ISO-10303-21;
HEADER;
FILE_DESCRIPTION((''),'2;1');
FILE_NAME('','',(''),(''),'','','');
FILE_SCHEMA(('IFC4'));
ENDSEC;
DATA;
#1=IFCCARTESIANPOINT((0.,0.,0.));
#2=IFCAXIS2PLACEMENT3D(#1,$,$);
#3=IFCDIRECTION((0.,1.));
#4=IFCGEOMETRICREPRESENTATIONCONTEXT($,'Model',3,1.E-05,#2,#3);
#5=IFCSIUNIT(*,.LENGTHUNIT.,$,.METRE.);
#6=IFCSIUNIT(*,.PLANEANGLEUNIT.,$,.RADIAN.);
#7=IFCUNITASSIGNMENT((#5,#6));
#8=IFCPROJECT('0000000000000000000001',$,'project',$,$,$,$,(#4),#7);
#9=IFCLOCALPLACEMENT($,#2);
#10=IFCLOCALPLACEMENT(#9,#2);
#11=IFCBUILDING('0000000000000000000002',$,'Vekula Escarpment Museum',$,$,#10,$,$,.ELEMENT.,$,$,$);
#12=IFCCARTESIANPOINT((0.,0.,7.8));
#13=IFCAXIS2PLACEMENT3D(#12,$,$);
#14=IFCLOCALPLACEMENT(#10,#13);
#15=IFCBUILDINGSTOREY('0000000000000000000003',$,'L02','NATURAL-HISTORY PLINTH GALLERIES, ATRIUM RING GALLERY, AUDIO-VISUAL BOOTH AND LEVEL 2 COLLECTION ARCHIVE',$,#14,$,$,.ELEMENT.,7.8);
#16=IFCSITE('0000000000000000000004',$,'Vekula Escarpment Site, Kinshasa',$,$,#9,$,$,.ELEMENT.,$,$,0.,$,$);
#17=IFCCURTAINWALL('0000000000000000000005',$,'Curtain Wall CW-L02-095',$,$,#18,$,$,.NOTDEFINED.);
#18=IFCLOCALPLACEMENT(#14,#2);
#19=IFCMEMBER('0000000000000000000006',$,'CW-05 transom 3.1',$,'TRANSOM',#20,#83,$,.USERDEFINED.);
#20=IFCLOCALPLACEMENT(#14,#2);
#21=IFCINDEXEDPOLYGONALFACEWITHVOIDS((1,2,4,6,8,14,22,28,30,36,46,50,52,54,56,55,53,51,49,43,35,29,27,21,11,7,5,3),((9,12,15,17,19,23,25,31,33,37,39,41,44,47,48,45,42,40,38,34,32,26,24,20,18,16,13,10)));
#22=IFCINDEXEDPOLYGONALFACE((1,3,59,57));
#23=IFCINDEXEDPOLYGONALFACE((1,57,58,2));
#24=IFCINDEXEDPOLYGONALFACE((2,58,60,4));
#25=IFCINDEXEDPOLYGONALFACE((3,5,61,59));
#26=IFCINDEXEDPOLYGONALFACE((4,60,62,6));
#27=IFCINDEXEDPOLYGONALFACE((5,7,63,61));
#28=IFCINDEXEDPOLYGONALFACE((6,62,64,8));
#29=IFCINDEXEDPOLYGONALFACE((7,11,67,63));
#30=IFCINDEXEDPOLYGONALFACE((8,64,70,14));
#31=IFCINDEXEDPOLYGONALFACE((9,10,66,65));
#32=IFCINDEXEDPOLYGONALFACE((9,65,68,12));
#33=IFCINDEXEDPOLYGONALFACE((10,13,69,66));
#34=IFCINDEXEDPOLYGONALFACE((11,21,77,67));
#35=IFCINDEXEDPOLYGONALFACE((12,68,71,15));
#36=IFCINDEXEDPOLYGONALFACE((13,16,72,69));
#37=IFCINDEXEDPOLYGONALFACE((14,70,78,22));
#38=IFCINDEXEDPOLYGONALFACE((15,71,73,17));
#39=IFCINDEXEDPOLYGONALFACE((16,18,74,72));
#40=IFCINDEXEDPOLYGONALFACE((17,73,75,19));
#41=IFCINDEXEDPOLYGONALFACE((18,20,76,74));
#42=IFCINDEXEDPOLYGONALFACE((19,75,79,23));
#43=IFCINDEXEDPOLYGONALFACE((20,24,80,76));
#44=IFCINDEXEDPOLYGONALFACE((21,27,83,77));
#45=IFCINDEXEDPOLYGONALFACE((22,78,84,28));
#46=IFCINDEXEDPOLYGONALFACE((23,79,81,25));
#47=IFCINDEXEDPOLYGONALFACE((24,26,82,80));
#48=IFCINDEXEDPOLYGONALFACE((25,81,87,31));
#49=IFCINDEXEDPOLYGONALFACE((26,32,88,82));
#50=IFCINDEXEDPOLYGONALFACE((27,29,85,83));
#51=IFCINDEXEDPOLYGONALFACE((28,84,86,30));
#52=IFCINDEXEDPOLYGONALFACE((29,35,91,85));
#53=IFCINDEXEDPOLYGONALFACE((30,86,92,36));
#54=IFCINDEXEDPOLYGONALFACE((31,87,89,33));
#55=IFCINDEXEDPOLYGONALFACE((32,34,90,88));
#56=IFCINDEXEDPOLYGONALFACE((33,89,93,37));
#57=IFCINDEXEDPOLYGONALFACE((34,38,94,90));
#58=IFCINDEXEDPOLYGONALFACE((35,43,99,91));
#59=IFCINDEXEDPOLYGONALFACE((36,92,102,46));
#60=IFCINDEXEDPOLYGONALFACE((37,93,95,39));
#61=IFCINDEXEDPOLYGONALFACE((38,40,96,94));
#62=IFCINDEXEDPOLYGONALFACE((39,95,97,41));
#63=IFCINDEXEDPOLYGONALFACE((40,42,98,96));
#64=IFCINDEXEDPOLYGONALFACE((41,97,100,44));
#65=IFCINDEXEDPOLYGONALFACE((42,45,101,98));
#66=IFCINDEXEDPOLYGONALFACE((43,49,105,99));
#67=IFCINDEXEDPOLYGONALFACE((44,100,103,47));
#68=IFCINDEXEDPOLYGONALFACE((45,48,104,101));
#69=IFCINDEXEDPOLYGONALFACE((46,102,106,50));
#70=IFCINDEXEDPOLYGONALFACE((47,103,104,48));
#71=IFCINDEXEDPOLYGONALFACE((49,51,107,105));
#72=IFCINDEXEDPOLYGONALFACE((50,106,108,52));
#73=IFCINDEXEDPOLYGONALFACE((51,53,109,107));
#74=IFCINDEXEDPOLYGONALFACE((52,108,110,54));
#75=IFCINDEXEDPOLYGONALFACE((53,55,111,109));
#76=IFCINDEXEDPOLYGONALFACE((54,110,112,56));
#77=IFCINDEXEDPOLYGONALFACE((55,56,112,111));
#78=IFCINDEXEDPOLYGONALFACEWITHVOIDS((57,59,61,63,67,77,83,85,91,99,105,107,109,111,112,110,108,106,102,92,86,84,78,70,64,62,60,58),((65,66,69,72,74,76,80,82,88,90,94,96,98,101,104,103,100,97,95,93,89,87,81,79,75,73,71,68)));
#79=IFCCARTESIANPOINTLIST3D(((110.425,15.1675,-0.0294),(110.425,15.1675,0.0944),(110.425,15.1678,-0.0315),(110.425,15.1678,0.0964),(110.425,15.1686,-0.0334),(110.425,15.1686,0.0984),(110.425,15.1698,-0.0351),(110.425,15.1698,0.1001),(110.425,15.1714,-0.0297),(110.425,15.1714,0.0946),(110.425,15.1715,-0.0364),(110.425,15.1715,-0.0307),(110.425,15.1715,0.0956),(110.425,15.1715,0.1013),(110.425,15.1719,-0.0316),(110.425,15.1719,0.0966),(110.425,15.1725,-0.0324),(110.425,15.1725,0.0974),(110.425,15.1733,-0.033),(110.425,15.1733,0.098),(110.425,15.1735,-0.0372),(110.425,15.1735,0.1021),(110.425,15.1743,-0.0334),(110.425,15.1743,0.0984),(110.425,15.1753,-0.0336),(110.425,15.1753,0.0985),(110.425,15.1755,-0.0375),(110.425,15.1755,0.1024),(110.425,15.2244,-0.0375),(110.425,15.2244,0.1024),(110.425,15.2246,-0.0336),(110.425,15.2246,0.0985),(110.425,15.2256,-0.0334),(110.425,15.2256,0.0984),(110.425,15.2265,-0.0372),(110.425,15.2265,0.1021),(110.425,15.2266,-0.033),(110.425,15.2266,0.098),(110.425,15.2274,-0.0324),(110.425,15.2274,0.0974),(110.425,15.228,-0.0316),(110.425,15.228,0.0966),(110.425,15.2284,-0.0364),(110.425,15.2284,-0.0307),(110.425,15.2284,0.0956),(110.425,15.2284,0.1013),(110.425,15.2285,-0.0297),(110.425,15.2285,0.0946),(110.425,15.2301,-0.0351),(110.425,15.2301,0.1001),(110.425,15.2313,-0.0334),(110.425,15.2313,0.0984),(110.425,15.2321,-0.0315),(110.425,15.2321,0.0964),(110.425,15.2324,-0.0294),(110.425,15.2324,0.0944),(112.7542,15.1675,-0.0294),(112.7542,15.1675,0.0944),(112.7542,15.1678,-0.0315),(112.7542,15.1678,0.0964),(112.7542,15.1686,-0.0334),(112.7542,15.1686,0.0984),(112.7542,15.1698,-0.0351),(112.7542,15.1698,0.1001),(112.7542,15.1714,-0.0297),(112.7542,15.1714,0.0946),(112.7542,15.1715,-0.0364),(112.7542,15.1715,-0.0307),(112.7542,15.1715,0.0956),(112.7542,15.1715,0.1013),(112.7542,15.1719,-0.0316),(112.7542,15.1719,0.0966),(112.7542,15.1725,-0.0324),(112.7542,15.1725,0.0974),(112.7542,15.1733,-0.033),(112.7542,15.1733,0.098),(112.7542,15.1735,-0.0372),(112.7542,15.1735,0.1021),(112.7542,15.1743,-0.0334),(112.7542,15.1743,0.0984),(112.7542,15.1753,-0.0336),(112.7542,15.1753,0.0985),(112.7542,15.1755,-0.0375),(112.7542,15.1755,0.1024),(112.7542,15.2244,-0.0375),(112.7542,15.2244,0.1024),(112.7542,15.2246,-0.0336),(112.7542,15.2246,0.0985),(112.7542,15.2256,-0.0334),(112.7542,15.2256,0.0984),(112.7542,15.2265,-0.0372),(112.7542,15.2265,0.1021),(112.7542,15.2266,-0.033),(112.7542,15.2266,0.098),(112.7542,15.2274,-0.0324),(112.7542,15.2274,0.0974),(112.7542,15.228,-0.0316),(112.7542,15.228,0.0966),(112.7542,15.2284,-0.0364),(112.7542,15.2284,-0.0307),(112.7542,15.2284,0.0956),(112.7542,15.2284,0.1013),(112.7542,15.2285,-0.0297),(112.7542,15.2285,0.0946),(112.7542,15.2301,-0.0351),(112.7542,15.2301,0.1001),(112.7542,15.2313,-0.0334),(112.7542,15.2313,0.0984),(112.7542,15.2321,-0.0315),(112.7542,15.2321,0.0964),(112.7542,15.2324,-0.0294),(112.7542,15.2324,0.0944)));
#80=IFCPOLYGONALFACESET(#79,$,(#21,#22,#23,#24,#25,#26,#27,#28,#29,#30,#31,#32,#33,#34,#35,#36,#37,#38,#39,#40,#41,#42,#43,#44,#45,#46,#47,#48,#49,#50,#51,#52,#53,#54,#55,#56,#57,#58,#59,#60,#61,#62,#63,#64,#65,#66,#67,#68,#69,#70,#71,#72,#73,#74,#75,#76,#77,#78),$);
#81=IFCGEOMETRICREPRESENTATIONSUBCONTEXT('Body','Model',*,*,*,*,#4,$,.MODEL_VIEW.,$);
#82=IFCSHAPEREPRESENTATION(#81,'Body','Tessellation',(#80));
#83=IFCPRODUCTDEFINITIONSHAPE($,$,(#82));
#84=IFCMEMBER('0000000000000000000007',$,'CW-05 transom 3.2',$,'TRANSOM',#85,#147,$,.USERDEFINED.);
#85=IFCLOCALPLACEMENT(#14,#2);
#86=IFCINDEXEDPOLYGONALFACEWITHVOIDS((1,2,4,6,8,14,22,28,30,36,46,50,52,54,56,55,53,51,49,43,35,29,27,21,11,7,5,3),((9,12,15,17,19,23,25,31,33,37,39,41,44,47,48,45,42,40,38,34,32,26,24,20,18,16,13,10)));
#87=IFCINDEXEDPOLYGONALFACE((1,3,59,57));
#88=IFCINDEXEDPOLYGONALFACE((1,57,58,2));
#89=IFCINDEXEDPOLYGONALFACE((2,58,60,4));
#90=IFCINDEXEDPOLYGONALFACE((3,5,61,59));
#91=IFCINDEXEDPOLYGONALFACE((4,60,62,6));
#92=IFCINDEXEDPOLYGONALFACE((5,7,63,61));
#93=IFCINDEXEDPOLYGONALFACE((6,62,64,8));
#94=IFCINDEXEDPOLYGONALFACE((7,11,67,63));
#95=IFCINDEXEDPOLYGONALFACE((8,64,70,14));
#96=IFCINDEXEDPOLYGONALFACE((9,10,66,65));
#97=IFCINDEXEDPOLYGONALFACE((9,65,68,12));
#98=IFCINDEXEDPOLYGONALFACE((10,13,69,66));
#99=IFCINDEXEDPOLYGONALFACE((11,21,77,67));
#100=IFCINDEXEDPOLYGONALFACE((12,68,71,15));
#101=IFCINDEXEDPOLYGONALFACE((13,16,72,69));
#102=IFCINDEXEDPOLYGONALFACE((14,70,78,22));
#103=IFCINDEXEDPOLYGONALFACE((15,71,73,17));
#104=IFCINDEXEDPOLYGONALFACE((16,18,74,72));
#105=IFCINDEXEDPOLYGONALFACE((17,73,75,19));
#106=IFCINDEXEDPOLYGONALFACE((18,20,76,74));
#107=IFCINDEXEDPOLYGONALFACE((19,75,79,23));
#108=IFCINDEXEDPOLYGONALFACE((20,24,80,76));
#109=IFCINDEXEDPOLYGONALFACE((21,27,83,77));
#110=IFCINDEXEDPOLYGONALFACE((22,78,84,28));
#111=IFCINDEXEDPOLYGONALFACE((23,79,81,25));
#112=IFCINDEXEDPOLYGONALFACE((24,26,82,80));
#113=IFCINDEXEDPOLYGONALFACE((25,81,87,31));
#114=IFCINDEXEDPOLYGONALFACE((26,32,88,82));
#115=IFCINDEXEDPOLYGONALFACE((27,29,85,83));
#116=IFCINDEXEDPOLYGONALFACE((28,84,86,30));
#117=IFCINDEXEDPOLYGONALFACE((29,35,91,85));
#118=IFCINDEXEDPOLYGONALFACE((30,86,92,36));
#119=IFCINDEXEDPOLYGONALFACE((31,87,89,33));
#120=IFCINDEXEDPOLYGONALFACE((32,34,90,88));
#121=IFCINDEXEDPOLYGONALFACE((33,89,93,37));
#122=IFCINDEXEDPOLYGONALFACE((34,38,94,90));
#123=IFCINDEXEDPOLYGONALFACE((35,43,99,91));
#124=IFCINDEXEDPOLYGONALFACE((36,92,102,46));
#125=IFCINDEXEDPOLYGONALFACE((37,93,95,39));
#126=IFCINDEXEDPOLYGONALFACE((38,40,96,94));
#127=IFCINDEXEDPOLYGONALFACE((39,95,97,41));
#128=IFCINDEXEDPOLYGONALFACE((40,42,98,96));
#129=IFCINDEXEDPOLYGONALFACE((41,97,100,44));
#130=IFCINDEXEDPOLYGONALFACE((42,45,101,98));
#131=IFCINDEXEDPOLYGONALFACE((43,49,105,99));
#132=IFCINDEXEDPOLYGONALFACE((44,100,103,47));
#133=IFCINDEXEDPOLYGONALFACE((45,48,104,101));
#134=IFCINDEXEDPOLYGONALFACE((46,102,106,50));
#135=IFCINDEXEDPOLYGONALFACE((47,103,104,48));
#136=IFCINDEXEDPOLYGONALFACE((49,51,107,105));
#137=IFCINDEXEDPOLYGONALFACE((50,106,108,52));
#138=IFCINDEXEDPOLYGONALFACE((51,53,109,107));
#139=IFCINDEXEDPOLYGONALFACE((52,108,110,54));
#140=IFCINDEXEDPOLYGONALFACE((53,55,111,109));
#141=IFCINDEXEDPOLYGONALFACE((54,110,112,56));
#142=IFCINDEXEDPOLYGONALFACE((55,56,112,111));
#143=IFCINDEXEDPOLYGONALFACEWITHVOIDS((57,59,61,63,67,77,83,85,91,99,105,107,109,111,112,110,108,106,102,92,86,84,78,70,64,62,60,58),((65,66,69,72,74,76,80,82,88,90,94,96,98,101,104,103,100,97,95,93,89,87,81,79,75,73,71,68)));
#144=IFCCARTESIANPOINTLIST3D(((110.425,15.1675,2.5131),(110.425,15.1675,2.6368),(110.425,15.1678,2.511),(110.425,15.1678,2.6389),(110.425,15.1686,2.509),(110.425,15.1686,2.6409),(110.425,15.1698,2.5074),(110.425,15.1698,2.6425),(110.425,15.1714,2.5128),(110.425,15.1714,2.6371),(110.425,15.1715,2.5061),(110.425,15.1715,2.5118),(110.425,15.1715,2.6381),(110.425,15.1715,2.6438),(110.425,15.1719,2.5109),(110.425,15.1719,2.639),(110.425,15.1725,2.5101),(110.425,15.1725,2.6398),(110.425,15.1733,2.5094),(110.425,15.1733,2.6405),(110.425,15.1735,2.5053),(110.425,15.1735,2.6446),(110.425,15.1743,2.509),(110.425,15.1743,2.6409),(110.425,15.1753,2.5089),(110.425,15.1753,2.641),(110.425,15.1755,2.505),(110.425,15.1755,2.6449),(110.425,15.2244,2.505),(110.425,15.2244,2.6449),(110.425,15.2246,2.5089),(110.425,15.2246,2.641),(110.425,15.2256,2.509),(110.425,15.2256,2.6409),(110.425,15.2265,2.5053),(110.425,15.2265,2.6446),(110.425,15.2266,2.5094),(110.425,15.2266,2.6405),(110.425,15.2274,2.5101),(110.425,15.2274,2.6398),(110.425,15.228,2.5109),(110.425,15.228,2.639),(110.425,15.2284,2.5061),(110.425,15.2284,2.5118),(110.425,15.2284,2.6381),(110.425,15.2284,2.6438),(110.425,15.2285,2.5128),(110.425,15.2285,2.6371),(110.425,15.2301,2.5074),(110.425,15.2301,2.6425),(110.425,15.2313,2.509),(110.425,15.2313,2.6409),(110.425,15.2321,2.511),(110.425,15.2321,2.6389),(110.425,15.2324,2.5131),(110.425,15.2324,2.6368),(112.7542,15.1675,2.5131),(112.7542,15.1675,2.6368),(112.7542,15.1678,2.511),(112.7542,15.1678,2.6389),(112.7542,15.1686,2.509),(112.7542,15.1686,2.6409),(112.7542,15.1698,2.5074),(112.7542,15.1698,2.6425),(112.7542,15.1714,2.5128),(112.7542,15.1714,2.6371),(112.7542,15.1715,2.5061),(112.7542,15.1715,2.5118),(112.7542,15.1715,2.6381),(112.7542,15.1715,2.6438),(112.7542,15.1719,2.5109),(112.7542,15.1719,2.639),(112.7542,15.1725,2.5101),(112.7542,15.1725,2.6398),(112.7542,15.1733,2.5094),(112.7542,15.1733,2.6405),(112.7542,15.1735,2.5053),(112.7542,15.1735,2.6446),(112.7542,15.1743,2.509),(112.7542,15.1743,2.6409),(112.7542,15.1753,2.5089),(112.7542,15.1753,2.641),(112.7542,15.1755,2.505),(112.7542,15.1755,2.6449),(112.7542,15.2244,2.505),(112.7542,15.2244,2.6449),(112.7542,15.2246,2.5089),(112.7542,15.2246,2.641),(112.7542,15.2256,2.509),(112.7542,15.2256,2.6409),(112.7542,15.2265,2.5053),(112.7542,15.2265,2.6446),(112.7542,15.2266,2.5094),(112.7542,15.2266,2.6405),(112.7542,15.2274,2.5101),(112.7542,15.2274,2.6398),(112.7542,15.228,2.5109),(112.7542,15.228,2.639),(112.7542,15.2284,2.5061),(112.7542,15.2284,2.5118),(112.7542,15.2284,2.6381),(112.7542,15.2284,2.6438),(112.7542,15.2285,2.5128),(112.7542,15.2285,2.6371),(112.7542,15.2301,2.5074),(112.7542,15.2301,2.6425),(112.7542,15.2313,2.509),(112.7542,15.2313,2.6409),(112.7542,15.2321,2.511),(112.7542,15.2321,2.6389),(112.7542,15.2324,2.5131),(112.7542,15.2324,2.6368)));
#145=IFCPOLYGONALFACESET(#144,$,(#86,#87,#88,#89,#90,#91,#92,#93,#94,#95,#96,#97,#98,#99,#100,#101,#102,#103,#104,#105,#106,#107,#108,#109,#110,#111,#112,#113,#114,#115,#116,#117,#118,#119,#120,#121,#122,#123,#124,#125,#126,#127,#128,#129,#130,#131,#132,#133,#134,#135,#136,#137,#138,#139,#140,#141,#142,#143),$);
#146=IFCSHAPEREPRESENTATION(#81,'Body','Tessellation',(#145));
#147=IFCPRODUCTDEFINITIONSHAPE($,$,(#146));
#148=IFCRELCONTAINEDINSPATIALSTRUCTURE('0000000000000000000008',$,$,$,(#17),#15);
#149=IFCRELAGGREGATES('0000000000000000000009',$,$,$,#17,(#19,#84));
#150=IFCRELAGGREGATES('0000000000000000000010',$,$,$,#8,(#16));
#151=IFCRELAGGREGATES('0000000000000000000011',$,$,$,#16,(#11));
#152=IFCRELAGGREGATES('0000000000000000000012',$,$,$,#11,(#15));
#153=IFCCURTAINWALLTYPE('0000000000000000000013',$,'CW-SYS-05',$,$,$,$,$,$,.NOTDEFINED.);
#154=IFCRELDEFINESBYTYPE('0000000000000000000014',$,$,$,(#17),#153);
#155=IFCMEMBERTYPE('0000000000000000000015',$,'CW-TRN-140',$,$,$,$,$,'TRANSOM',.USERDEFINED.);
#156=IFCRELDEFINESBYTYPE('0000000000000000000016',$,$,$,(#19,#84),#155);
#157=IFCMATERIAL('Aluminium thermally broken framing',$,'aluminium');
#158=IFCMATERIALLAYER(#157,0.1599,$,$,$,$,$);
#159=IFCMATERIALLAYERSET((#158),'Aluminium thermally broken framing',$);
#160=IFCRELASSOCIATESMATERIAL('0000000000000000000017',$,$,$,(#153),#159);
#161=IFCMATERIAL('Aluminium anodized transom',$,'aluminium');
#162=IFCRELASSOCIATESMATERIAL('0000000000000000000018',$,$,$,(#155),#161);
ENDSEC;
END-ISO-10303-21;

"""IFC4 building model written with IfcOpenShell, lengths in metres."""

from ifc_helpers import new_model, si_unit, direction, frame, origin, origin_2d, place, context, subcontext, project, spatial, hollow_rectangle, extrude, material, layer, layer_set, material_profile, profile_set, type_object, element, aggregate, save


model = new_model("IFC4")

# Units and contexts
model_context = context("Model", 3, precision=1e-05, world=origin(), true_north=direction((0.0, 1.0)))
body_context = subcontext(model_context, "Body", "Model", "MODEL_VIEW")
ifc_project = project(units=[si_unit("LENGTHUNIT", "METRE"), si_unit("PLANEANGLEUNIT", "RADIAN")], contexts=[model_context])

# Site, building, storey
site_placement = place(None, origin())
site = spatial("IfcSite", under=ifc_project, at=site_placement, Name="Vekula Escarpment Site, Kinshasa", CompositionType="ELEMENT", RefElevation=0.0)
building_placement = place(site_placement, origin())
building = spatial("IfcBuilding", under=site, at=building_placement, Name="Vekula Escarpment Museum", CompositionType="ELEMENT")
storey_placement = place(building_placement, frame((0.0, 0.0, 7.8)))
storey = spatial("IfcBuildingStorey", under=building, at=storey_placement, Name="L02", Description="NATURAL-HISTORY PLINTH GALLERIES, ATRIUM RING GALLERY, AUDIO-VISUAL BOOTH AND LEVEL 2 COLLECTION ARCHIVE", CompositionType="ELEMENT", Elevation=7.8)

# Curtain wall
ifc_material_1 = material(Name="Aluminium thermally broken framing", Category="aluminium")
ifc_layer_1 = layer(ifc_material_1, 0.1599)
ifc_layer_set_1 = layer_set([ifc_layer_1], Name="Aluminium thermally broken framing")
curtain_wall_type_1 = type_object("IfcCurtainWallType", Name="CW-SYS-05", PredefinedType="NOTDEFINED", material=ifc_layer_set_1)
curtain_wall_1_placement = place(storey_placement, origin())
curtain_wall_1 = element("IfcCurtainWall", 1, at=curtain_wall_1_placement, inside=storey, type_object=curtain_wall_type_1, Name="Curtain Wall CW-L02-095", PredefinedType="NOTDEFINED")

# Members
ifc_material_2 = material(Name="Aluminium anodized transom", Category="aluminium")
ifc_material_profile_1 = material_profile(ifc_material_2, hollow_rectangle(XDim=0.0649, YDim=0.1399, WallThickness=0.0039, InnerFilletRadius=0.0039, OuterFilletRadius=0.0081, at=origin_2d()), Name="ALU 140x65x4")
ifc_profile_set_1 = profile_set([ifc_material_profile_1], Name="Aluminium anodized transom")
member_type_1 = type_object("IfcMemberType", Name="CW-TRN-140", ElementType="TRANSOM", PredefinedType="USERDEFINED", material=ifc_profile_set_1)
member_1_placement = place(storey_placement, frame((112.7542, 15.2, 0.0325), z_axis=(-1.0, 0.0, 0.0), x_axis=(0.0, -1.0, 0.0)))
member_1 = element("IfcMember", 2, at=member_1_placement, type_object=member_type_1, Name="CW-05 transom 3.1", ObjectType="TRANSOM", PredefinedType="USERDEFINED", context=body_context, shape_type="SweptSolid", body=[
    extrude(hollow_rectangle(XDim=0.0649, YDim=0.1399, WallThickness=0.0039, InnerFilletRadius=0.0039, OuterFilletRadius=0.0081, at=origin_2d()), origin(), (0.0, 0.0, 1.0), 2.3291),
])
member_2_placement = place(storey_placement, frame((112.7542, 15.2, 2.575), z_axis=(-1.0, 0.0, 0.0), x_axis=(0.0, -1.0, 0.0)))
member_2 = element("IfcMember", 3, at=member_2_placement, type_object=member_type_1, Name="CW-05 transom 3.2", ObjectType="TRANSOM", PredefinedType="USERDEFINED", context=body_context, shape_type="SweptSolid", body=[
    extrude(hollow_rectangle(XDim=0.0649, YDim=0.1399, WallThickness=0.0039, InnerFilletRadius=0.0039, OuterFilletRadius=0.0081, at=origin_2d()), origin(), (0.0, 0.0, 1.0), 2.3291),
])

aggregate(curtain_wall_1, [member_1, member_2])

save(model, "model.ifc")
